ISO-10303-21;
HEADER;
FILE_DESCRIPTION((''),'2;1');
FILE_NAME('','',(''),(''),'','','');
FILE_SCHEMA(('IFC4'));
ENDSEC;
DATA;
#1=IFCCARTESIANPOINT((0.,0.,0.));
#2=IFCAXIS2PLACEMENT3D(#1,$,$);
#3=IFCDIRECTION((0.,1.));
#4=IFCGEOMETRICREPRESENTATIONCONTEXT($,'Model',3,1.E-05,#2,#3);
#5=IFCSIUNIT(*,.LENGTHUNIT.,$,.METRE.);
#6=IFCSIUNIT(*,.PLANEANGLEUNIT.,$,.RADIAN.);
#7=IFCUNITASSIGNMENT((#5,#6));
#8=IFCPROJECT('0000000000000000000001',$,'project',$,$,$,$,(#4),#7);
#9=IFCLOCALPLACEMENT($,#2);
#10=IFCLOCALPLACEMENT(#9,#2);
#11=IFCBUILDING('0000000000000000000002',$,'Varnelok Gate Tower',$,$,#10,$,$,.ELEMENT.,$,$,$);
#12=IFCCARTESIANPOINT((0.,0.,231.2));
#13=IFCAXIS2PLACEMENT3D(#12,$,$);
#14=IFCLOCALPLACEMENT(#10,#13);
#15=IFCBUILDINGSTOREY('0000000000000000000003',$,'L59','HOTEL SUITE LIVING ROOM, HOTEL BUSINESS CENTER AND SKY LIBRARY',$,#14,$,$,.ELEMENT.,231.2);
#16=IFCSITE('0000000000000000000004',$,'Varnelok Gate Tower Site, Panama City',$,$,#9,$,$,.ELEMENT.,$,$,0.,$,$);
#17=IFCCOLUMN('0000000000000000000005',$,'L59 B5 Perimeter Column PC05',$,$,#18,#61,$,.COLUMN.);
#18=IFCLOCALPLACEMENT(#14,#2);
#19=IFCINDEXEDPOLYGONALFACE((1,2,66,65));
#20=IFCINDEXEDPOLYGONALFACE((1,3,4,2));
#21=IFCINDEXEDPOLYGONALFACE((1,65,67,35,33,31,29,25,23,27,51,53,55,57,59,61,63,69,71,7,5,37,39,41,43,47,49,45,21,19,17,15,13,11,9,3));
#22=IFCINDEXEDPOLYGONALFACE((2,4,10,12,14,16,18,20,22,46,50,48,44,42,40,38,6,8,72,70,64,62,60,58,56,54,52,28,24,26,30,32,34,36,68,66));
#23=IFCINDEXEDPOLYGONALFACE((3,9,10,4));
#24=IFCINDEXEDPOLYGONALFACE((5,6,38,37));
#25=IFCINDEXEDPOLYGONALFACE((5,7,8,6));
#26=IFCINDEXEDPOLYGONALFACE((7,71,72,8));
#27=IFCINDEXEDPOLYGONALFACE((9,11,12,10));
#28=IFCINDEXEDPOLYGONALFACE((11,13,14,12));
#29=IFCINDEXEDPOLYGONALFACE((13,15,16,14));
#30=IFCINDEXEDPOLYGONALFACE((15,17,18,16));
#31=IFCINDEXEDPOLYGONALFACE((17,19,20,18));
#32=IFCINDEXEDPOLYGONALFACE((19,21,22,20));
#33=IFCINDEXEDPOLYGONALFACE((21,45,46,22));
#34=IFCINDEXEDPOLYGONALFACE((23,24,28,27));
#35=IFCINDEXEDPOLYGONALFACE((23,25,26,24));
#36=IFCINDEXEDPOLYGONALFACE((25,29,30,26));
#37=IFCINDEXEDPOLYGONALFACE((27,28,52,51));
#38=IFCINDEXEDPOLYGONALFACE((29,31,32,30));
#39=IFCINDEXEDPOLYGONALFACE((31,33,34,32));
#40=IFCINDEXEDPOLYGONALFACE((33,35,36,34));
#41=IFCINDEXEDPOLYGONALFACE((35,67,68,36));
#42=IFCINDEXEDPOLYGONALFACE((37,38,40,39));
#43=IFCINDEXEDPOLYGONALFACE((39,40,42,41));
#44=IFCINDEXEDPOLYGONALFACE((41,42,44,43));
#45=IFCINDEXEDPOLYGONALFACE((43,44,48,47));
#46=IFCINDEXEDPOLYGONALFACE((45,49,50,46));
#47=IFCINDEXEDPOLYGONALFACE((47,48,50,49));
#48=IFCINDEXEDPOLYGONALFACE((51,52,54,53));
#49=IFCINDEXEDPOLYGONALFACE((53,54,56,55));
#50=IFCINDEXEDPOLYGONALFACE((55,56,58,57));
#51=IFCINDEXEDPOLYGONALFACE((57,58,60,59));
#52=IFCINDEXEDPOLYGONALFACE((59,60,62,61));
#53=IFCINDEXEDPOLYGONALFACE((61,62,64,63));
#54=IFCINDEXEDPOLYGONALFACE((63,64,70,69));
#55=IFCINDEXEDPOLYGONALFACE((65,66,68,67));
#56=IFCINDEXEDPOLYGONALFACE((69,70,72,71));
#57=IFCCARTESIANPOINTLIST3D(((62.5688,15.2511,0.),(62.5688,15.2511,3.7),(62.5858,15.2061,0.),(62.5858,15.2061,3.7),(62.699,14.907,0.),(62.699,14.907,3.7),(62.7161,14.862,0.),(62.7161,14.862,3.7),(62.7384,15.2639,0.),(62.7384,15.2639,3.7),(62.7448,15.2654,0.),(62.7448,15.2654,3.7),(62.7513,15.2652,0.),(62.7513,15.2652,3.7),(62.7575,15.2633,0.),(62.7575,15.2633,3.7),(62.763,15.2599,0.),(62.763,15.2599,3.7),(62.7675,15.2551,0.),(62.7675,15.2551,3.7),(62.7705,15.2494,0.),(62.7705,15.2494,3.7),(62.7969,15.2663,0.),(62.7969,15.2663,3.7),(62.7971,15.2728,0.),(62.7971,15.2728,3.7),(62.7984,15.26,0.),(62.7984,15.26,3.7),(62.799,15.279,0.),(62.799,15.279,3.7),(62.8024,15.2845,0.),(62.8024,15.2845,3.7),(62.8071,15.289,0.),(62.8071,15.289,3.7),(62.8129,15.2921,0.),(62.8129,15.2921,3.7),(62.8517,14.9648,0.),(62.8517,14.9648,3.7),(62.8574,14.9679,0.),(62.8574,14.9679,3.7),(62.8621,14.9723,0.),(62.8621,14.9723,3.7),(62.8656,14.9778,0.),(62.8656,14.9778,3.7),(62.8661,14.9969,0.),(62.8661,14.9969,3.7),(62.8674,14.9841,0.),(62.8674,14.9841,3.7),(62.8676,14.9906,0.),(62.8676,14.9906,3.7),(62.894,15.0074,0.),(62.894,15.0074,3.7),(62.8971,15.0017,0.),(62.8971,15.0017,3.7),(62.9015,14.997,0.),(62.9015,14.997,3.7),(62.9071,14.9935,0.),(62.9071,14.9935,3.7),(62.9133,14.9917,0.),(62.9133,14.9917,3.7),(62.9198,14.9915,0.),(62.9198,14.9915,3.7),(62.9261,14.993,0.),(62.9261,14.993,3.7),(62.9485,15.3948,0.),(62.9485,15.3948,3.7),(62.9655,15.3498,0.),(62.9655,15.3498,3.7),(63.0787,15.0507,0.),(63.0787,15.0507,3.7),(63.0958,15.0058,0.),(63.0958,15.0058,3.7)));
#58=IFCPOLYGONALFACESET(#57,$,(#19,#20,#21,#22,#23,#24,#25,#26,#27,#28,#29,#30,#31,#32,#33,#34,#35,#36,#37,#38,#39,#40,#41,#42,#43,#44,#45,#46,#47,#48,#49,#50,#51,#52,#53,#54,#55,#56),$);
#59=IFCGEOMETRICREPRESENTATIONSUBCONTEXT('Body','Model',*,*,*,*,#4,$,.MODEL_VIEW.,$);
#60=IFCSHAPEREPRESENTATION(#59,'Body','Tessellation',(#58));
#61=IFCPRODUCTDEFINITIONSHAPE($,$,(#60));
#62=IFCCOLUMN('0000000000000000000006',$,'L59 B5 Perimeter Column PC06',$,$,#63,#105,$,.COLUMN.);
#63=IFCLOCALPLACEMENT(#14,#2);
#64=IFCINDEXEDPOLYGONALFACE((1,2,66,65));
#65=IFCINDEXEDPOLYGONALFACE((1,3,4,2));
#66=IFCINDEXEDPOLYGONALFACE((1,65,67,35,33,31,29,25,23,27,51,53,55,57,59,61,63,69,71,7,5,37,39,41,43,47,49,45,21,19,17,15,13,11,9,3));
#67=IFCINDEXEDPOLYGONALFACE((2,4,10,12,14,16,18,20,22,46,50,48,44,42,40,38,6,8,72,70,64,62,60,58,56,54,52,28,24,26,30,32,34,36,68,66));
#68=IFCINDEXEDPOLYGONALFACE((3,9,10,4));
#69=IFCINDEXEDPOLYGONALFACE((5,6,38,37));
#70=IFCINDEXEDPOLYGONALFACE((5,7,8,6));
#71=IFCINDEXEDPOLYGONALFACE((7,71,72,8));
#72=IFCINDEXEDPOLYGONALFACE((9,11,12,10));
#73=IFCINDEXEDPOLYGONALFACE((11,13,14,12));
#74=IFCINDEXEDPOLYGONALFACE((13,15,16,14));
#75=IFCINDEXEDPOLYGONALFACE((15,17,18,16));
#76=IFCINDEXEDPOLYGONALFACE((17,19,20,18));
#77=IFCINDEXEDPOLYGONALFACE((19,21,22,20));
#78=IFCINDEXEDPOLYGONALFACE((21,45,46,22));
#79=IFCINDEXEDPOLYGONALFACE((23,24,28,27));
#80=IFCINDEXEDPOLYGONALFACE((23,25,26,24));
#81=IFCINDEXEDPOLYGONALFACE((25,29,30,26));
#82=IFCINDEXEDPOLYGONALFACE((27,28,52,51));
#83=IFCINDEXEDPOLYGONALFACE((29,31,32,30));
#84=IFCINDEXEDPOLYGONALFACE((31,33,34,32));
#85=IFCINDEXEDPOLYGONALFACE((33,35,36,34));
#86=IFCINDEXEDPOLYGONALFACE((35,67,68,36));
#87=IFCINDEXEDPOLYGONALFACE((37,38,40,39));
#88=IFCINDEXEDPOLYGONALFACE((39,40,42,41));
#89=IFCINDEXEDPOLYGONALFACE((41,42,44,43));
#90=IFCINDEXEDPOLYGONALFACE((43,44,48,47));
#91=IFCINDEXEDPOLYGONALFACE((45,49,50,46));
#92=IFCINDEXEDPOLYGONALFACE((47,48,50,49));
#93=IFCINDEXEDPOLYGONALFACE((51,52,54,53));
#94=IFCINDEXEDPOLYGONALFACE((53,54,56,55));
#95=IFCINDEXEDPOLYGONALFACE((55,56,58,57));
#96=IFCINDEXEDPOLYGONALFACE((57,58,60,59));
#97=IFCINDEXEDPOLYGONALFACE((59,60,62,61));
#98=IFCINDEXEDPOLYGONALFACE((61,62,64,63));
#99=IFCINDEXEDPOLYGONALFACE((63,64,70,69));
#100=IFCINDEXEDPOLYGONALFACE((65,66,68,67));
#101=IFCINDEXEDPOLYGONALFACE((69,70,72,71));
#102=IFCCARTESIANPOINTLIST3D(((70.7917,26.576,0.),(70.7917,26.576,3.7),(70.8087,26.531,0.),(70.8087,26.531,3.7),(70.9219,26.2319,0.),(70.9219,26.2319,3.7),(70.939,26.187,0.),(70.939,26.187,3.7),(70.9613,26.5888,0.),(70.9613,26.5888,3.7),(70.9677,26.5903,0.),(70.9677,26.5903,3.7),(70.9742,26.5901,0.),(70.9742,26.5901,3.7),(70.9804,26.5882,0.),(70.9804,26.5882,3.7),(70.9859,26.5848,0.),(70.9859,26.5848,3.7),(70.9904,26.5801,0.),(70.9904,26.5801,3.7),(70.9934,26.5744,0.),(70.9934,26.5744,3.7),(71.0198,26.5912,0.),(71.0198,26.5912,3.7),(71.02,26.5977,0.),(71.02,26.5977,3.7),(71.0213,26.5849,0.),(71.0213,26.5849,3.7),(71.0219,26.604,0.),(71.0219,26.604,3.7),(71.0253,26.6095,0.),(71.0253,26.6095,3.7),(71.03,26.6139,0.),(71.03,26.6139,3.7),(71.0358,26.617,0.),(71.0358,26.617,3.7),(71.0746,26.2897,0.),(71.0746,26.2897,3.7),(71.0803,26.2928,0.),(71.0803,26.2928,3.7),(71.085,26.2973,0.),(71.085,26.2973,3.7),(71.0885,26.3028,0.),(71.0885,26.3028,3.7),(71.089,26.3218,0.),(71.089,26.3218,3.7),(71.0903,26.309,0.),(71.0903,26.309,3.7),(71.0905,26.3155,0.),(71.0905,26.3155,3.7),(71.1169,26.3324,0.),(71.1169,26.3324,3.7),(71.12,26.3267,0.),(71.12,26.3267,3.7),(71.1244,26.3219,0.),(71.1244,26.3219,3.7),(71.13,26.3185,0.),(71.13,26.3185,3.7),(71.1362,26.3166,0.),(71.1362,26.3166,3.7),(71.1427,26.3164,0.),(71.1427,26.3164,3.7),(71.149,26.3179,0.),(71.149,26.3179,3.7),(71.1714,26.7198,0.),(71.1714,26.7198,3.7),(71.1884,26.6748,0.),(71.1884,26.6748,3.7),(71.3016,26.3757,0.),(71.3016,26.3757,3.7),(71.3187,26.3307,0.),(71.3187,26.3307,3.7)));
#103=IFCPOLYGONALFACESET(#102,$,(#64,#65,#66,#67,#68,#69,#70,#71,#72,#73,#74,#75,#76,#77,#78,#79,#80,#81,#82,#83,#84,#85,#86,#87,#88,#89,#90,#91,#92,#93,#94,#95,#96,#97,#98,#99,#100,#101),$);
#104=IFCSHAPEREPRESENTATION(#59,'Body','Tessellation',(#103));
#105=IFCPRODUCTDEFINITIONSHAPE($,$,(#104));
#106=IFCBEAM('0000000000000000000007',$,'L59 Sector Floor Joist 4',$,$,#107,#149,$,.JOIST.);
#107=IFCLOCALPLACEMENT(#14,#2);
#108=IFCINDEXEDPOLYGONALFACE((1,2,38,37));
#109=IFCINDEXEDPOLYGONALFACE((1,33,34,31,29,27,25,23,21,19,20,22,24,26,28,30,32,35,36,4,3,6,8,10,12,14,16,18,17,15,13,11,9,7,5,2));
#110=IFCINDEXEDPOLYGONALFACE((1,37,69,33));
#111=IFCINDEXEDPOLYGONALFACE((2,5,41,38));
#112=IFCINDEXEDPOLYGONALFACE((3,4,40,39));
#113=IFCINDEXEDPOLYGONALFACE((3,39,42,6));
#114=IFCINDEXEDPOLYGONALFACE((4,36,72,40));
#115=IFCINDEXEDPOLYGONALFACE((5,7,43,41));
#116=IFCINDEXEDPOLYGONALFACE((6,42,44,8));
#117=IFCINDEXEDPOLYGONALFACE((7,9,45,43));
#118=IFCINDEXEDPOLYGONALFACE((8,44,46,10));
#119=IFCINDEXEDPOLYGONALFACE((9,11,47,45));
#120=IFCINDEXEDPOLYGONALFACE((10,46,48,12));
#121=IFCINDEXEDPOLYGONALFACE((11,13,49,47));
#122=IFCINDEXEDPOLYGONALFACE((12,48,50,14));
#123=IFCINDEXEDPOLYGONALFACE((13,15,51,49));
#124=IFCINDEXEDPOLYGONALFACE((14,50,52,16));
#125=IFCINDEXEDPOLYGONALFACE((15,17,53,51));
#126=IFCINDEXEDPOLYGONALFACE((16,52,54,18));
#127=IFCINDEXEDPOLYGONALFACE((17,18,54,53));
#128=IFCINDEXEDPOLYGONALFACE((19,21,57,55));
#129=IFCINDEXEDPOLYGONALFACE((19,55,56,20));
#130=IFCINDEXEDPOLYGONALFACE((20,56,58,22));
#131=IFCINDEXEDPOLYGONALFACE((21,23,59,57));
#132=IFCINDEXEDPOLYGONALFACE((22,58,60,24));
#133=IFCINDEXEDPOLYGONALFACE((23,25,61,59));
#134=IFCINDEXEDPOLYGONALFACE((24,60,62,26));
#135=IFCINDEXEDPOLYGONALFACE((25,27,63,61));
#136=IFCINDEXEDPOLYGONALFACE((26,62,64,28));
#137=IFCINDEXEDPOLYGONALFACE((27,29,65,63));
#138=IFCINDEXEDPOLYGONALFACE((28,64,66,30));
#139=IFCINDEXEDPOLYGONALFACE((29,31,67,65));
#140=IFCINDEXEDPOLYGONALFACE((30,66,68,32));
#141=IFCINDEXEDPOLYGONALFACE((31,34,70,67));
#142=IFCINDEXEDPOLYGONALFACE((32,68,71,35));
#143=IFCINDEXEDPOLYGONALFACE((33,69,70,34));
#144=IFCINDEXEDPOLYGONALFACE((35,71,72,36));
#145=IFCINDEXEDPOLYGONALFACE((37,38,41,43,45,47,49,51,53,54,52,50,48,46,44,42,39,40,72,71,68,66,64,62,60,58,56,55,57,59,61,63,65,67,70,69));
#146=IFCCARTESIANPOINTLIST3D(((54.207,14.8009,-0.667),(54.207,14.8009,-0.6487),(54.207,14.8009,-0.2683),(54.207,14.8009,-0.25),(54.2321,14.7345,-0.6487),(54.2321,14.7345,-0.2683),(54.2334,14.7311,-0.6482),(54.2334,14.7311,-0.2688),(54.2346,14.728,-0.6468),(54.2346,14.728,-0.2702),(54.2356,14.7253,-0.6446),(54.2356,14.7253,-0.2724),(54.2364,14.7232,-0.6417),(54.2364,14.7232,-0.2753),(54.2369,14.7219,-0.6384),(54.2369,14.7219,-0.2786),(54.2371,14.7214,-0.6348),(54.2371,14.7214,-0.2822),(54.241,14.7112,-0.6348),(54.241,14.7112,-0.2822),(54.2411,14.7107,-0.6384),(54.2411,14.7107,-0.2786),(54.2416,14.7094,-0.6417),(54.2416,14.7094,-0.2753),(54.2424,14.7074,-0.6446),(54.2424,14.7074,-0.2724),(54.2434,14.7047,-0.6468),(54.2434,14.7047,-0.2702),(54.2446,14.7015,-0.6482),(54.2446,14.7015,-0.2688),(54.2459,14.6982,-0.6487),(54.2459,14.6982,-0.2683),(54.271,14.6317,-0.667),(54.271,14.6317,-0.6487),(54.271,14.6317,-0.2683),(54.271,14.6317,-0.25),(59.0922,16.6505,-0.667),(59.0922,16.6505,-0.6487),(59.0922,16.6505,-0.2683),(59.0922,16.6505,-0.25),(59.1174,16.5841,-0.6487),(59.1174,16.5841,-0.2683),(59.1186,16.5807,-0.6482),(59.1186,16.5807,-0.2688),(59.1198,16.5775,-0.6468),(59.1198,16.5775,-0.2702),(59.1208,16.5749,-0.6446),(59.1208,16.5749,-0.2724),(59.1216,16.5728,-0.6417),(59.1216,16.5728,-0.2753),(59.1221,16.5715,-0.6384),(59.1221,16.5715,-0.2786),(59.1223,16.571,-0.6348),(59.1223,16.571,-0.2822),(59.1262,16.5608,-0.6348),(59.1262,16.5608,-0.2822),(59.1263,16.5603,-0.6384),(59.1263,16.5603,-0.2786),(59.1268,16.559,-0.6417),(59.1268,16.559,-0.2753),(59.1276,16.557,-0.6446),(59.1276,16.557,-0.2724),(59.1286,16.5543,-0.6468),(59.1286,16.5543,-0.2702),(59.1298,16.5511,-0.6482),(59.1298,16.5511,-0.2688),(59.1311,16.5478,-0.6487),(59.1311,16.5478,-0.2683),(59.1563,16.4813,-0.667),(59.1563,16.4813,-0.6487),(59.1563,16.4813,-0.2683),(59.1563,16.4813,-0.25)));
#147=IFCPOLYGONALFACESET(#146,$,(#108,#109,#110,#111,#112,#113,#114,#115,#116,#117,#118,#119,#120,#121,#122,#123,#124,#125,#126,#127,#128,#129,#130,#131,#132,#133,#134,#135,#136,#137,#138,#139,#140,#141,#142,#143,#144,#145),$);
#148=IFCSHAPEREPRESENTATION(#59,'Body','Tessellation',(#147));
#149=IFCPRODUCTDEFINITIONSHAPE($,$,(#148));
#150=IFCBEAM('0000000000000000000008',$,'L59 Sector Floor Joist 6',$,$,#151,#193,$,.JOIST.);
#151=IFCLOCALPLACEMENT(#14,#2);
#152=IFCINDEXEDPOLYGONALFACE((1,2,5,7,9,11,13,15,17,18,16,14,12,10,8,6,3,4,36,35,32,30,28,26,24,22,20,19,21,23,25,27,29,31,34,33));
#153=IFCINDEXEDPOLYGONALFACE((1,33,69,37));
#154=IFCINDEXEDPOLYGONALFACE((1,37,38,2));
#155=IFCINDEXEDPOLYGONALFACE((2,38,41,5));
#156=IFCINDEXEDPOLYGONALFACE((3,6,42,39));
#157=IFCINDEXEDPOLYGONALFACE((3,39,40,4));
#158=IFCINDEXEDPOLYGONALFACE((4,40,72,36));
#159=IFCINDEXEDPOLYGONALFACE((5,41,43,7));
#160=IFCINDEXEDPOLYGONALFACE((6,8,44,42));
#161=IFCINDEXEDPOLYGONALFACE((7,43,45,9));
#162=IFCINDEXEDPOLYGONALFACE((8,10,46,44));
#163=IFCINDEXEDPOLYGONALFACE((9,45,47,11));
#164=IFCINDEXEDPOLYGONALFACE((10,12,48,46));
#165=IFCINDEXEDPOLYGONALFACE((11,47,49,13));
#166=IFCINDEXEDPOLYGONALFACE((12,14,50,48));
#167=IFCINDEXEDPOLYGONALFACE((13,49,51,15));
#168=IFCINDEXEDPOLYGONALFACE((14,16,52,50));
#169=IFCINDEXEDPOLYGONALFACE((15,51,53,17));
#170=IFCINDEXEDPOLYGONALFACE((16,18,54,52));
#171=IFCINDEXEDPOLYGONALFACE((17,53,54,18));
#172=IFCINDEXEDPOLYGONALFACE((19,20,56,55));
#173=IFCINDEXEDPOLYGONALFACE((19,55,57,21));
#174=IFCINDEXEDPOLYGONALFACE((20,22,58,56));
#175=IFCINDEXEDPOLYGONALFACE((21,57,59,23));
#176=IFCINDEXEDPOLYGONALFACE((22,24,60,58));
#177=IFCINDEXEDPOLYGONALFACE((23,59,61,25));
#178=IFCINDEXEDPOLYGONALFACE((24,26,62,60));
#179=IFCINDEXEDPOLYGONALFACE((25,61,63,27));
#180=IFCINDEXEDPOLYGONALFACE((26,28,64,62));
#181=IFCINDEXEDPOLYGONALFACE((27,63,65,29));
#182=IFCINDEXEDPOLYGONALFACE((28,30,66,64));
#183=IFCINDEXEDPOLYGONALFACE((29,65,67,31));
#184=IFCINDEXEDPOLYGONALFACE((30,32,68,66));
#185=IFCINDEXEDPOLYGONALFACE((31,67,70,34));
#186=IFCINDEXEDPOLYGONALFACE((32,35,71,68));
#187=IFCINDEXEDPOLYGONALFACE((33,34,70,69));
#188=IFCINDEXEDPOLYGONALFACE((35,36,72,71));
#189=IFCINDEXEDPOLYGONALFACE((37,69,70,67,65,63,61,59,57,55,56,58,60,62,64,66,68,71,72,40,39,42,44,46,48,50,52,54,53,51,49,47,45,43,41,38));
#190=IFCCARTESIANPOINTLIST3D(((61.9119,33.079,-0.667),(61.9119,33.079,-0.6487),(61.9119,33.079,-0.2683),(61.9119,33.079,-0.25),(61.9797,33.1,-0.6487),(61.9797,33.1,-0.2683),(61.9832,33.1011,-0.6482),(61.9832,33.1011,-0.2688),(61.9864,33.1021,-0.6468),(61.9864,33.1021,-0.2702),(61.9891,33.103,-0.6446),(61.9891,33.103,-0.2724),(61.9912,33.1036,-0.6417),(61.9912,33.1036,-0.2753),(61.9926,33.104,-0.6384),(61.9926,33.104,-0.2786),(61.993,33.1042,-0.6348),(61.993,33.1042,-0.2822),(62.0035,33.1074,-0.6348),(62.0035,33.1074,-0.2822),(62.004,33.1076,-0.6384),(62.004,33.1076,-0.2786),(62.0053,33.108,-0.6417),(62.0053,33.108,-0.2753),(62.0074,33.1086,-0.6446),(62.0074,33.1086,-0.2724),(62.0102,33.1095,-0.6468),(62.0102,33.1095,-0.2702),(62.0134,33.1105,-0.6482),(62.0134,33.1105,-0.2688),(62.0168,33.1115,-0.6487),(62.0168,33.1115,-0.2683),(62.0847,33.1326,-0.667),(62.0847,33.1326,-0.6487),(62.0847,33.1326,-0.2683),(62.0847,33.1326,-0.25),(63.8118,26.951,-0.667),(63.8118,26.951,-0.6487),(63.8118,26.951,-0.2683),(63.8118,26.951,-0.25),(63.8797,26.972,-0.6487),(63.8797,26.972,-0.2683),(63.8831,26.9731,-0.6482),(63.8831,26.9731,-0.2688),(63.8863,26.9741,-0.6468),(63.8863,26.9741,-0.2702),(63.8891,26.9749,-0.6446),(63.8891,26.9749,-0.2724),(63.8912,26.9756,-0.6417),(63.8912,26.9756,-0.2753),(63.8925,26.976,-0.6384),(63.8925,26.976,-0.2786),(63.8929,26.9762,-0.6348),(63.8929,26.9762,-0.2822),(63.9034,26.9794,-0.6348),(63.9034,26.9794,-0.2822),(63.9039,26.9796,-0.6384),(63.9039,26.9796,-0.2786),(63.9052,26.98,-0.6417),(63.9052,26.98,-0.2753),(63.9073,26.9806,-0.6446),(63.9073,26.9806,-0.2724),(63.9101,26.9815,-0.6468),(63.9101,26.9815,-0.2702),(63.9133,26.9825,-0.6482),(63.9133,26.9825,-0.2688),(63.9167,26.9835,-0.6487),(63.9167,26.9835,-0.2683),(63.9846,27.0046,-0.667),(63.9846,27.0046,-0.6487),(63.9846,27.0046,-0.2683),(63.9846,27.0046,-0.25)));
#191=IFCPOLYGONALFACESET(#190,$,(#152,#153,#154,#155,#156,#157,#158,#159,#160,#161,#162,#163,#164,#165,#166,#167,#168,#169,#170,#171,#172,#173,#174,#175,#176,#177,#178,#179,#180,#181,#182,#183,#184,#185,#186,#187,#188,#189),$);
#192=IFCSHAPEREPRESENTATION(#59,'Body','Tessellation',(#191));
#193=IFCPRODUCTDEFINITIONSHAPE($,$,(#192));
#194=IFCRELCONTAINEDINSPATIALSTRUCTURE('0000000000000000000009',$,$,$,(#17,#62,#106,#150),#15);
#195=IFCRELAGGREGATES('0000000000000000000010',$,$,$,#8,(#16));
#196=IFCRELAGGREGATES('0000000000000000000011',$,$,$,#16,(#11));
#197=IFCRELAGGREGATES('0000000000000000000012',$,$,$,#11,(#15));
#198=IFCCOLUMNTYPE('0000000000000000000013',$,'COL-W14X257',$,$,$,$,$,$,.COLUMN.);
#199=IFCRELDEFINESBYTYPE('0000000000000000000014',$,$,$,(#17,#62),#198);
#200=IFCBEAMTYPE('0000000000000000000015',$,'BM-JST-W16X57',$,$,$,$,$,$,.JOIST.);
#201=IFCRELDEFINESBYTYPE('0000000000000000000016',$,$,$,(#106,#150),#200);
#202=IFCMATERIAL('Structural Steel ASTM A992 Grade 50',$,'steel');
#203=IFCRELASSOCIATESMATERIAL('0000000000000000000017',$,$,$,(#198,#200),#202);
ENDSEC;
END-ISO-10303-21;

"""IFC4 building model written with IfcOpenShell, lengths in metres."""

from ifc_helpers import new_model, si_unit, direction, frame, origin, origin_2d, place, context, subcontext, project, spatial, i_section, extrude, material, material_profile, profile_set, type_object, element, save


model = new_model("IFC4")

# Units and contexts
model_context = context("Model", 3, precision=1e-05, world=origin(), true_north=direction((0.0, 1.0)))
body_context = subcontext(model_context, "Body", "Model", "MODEL_VIEW")
ifc_project = project(units=[si_unit("LENGTHUNIT", "METRE"), si_unit("PLANEANGLEUNIT", "RADIAN")], contexts=[model_context])

# Site, building, storey
site_placement = place(None, origin())
site = spatial("IfcSite", under=ifc_project, at=site_placement, Name="Varnelok Gate Tower Site, Panama City", CompositionType="ELEMENT", RefElevation=0.0)
building_placement = place(site_placement, origin())
building = spatial("IfcBuilding", under=site, at=building_placement, Name="Varnelok Gate Tower", CompositionType="ELEMENT")
storey_placement = place(building_placement, frame((0.0, 0.0, 231.2)))
storey = spatial("IfcBuildingStorey", under=building, at=storey_placement, Name="L59", Description="HOTEL SUITE LIVING ROOM, HOTEL BUSINESS CENTER AND SKY LIBRARY", CompositionType="ELEMENT", Elevation=231.2)

# Columns
ifc_material_1 = material(Name="Structural Steel ASTM A992 Grade 50", Category="steel")
ifc_material_profile_1 = material_profile(ifc_material_1, i_section(OverallWidth=0.406, OverallDepth=0.416, WebThickness=0.0298, FlangeThickness=0.0481, FilletRadius=0.0249, at=origin_2d()), Name="W14X257")
ifc_profile_set_1 = profile_set([ifc_material_profile_1], Name="Structural Steel ASTM A992 Grade 50")
column_type = type_object("IfcColumnType", Name="COL-W14X257", PredefinedType="COLUMN", material=ifc_profile_set_1)
for number, where, z_axis, x_axis, name in (
    (1, (62.8323, 15.1284, 0.0), (0.0, 0.0, 1.0), (0.935222, 0.354063, 0.0), "L59 B5 Perimeter Column PC05"),
    (2, (71.0552, 26.4534, 0.0), (0.0, 0.0, 1.0), (0.935222, 0.354063, 0.0), "L59 B5 Perimeter Column PC06"),
):
    element("IfcColumn", number, at=place(storey_placement, frame(where, z_axis=z_axis, x_axis=x_axis)), inside=storey, type_object=column_type, Name=name, PredefinedType="COLUMN", context=body_context, shape_type="SweptSolid", body=[
        extrude(i_section(OverallWidth=0.406, OverallDepth=0.416, WebThickness=0.0298, FlangeThickness=0.0481, FilletRadius=0.0249, at=origin_2d()), origin(), (0.0, 0.0, 1.0), 3.7),
    ])

# Beams
ifc_material_profile_2 = material_profile(ifc_material_1, i_section(OverallWidth=0.1809, OverallDepth=0.417, WebThickness=0.011, FlangeThickness=0.0183, FilletRadius=0.0139, at=origin_2d()), Name="W16X57")
ifc_profile_set_2 = profile_set([ifc_material_profile_2], Name="Structural Steel ASTM A992 Grade 50")
beam_type_1 = type_object("IfcBeamType", Name="BM-JST-W16X57", PredefinedType="JOIST", material=ifc_profile_set_2)
beam_1_placement = place(storey_placement, frame((54.239, 14.7163, -0.4585), z_axis=(0.935214, 0.354082, 0.0), x_axis=(-0.354082, 0.935214, 0.0)))
element("IfcBeam", 3, at=beam_1_placement, inside=storey, type_object=beam_type_1, Name="L59 Sector Floor Joist 4", PredefinedType="JOIST", context=body_context, shape_type="SweptSolid", body=[
    extrude(i_section(OverallWidth=0.1809, OverallDepth=0.417, WebThickness=0.011, FlangeThickness=0.0183, FilletRadius=0.0139, at=origin_2d()), origin(), (0.0, 0.0, 1.0), 5.2236),
])
beam_2_placement = place(storey_placement, frame((63.8982, 26.9778, -0.4585), z_axis=(-0.296133, 0.955147, 0.0), x_axis=(-0.955147, -0.296133, 0.0)))
element("IfcBeam", 4, at=beam_2_placement, inside=storey, type_object=beam_type_1, Name="L59 Sector Floor Joist 6", PredefinedType="JOIST", context=body_context, shape_type="SweptSolid", body=[
    extrude(i_section(OverallWidth=0.1809, OverallDepth=0.417, WebThickness=0.011, FlangeThickness=0.0183, FilletRadius=0.0139, at=origin_2d()), origin(), (0.0, 0.0, 1.0), 6.4158),
])

save(model, "model.ifc")
